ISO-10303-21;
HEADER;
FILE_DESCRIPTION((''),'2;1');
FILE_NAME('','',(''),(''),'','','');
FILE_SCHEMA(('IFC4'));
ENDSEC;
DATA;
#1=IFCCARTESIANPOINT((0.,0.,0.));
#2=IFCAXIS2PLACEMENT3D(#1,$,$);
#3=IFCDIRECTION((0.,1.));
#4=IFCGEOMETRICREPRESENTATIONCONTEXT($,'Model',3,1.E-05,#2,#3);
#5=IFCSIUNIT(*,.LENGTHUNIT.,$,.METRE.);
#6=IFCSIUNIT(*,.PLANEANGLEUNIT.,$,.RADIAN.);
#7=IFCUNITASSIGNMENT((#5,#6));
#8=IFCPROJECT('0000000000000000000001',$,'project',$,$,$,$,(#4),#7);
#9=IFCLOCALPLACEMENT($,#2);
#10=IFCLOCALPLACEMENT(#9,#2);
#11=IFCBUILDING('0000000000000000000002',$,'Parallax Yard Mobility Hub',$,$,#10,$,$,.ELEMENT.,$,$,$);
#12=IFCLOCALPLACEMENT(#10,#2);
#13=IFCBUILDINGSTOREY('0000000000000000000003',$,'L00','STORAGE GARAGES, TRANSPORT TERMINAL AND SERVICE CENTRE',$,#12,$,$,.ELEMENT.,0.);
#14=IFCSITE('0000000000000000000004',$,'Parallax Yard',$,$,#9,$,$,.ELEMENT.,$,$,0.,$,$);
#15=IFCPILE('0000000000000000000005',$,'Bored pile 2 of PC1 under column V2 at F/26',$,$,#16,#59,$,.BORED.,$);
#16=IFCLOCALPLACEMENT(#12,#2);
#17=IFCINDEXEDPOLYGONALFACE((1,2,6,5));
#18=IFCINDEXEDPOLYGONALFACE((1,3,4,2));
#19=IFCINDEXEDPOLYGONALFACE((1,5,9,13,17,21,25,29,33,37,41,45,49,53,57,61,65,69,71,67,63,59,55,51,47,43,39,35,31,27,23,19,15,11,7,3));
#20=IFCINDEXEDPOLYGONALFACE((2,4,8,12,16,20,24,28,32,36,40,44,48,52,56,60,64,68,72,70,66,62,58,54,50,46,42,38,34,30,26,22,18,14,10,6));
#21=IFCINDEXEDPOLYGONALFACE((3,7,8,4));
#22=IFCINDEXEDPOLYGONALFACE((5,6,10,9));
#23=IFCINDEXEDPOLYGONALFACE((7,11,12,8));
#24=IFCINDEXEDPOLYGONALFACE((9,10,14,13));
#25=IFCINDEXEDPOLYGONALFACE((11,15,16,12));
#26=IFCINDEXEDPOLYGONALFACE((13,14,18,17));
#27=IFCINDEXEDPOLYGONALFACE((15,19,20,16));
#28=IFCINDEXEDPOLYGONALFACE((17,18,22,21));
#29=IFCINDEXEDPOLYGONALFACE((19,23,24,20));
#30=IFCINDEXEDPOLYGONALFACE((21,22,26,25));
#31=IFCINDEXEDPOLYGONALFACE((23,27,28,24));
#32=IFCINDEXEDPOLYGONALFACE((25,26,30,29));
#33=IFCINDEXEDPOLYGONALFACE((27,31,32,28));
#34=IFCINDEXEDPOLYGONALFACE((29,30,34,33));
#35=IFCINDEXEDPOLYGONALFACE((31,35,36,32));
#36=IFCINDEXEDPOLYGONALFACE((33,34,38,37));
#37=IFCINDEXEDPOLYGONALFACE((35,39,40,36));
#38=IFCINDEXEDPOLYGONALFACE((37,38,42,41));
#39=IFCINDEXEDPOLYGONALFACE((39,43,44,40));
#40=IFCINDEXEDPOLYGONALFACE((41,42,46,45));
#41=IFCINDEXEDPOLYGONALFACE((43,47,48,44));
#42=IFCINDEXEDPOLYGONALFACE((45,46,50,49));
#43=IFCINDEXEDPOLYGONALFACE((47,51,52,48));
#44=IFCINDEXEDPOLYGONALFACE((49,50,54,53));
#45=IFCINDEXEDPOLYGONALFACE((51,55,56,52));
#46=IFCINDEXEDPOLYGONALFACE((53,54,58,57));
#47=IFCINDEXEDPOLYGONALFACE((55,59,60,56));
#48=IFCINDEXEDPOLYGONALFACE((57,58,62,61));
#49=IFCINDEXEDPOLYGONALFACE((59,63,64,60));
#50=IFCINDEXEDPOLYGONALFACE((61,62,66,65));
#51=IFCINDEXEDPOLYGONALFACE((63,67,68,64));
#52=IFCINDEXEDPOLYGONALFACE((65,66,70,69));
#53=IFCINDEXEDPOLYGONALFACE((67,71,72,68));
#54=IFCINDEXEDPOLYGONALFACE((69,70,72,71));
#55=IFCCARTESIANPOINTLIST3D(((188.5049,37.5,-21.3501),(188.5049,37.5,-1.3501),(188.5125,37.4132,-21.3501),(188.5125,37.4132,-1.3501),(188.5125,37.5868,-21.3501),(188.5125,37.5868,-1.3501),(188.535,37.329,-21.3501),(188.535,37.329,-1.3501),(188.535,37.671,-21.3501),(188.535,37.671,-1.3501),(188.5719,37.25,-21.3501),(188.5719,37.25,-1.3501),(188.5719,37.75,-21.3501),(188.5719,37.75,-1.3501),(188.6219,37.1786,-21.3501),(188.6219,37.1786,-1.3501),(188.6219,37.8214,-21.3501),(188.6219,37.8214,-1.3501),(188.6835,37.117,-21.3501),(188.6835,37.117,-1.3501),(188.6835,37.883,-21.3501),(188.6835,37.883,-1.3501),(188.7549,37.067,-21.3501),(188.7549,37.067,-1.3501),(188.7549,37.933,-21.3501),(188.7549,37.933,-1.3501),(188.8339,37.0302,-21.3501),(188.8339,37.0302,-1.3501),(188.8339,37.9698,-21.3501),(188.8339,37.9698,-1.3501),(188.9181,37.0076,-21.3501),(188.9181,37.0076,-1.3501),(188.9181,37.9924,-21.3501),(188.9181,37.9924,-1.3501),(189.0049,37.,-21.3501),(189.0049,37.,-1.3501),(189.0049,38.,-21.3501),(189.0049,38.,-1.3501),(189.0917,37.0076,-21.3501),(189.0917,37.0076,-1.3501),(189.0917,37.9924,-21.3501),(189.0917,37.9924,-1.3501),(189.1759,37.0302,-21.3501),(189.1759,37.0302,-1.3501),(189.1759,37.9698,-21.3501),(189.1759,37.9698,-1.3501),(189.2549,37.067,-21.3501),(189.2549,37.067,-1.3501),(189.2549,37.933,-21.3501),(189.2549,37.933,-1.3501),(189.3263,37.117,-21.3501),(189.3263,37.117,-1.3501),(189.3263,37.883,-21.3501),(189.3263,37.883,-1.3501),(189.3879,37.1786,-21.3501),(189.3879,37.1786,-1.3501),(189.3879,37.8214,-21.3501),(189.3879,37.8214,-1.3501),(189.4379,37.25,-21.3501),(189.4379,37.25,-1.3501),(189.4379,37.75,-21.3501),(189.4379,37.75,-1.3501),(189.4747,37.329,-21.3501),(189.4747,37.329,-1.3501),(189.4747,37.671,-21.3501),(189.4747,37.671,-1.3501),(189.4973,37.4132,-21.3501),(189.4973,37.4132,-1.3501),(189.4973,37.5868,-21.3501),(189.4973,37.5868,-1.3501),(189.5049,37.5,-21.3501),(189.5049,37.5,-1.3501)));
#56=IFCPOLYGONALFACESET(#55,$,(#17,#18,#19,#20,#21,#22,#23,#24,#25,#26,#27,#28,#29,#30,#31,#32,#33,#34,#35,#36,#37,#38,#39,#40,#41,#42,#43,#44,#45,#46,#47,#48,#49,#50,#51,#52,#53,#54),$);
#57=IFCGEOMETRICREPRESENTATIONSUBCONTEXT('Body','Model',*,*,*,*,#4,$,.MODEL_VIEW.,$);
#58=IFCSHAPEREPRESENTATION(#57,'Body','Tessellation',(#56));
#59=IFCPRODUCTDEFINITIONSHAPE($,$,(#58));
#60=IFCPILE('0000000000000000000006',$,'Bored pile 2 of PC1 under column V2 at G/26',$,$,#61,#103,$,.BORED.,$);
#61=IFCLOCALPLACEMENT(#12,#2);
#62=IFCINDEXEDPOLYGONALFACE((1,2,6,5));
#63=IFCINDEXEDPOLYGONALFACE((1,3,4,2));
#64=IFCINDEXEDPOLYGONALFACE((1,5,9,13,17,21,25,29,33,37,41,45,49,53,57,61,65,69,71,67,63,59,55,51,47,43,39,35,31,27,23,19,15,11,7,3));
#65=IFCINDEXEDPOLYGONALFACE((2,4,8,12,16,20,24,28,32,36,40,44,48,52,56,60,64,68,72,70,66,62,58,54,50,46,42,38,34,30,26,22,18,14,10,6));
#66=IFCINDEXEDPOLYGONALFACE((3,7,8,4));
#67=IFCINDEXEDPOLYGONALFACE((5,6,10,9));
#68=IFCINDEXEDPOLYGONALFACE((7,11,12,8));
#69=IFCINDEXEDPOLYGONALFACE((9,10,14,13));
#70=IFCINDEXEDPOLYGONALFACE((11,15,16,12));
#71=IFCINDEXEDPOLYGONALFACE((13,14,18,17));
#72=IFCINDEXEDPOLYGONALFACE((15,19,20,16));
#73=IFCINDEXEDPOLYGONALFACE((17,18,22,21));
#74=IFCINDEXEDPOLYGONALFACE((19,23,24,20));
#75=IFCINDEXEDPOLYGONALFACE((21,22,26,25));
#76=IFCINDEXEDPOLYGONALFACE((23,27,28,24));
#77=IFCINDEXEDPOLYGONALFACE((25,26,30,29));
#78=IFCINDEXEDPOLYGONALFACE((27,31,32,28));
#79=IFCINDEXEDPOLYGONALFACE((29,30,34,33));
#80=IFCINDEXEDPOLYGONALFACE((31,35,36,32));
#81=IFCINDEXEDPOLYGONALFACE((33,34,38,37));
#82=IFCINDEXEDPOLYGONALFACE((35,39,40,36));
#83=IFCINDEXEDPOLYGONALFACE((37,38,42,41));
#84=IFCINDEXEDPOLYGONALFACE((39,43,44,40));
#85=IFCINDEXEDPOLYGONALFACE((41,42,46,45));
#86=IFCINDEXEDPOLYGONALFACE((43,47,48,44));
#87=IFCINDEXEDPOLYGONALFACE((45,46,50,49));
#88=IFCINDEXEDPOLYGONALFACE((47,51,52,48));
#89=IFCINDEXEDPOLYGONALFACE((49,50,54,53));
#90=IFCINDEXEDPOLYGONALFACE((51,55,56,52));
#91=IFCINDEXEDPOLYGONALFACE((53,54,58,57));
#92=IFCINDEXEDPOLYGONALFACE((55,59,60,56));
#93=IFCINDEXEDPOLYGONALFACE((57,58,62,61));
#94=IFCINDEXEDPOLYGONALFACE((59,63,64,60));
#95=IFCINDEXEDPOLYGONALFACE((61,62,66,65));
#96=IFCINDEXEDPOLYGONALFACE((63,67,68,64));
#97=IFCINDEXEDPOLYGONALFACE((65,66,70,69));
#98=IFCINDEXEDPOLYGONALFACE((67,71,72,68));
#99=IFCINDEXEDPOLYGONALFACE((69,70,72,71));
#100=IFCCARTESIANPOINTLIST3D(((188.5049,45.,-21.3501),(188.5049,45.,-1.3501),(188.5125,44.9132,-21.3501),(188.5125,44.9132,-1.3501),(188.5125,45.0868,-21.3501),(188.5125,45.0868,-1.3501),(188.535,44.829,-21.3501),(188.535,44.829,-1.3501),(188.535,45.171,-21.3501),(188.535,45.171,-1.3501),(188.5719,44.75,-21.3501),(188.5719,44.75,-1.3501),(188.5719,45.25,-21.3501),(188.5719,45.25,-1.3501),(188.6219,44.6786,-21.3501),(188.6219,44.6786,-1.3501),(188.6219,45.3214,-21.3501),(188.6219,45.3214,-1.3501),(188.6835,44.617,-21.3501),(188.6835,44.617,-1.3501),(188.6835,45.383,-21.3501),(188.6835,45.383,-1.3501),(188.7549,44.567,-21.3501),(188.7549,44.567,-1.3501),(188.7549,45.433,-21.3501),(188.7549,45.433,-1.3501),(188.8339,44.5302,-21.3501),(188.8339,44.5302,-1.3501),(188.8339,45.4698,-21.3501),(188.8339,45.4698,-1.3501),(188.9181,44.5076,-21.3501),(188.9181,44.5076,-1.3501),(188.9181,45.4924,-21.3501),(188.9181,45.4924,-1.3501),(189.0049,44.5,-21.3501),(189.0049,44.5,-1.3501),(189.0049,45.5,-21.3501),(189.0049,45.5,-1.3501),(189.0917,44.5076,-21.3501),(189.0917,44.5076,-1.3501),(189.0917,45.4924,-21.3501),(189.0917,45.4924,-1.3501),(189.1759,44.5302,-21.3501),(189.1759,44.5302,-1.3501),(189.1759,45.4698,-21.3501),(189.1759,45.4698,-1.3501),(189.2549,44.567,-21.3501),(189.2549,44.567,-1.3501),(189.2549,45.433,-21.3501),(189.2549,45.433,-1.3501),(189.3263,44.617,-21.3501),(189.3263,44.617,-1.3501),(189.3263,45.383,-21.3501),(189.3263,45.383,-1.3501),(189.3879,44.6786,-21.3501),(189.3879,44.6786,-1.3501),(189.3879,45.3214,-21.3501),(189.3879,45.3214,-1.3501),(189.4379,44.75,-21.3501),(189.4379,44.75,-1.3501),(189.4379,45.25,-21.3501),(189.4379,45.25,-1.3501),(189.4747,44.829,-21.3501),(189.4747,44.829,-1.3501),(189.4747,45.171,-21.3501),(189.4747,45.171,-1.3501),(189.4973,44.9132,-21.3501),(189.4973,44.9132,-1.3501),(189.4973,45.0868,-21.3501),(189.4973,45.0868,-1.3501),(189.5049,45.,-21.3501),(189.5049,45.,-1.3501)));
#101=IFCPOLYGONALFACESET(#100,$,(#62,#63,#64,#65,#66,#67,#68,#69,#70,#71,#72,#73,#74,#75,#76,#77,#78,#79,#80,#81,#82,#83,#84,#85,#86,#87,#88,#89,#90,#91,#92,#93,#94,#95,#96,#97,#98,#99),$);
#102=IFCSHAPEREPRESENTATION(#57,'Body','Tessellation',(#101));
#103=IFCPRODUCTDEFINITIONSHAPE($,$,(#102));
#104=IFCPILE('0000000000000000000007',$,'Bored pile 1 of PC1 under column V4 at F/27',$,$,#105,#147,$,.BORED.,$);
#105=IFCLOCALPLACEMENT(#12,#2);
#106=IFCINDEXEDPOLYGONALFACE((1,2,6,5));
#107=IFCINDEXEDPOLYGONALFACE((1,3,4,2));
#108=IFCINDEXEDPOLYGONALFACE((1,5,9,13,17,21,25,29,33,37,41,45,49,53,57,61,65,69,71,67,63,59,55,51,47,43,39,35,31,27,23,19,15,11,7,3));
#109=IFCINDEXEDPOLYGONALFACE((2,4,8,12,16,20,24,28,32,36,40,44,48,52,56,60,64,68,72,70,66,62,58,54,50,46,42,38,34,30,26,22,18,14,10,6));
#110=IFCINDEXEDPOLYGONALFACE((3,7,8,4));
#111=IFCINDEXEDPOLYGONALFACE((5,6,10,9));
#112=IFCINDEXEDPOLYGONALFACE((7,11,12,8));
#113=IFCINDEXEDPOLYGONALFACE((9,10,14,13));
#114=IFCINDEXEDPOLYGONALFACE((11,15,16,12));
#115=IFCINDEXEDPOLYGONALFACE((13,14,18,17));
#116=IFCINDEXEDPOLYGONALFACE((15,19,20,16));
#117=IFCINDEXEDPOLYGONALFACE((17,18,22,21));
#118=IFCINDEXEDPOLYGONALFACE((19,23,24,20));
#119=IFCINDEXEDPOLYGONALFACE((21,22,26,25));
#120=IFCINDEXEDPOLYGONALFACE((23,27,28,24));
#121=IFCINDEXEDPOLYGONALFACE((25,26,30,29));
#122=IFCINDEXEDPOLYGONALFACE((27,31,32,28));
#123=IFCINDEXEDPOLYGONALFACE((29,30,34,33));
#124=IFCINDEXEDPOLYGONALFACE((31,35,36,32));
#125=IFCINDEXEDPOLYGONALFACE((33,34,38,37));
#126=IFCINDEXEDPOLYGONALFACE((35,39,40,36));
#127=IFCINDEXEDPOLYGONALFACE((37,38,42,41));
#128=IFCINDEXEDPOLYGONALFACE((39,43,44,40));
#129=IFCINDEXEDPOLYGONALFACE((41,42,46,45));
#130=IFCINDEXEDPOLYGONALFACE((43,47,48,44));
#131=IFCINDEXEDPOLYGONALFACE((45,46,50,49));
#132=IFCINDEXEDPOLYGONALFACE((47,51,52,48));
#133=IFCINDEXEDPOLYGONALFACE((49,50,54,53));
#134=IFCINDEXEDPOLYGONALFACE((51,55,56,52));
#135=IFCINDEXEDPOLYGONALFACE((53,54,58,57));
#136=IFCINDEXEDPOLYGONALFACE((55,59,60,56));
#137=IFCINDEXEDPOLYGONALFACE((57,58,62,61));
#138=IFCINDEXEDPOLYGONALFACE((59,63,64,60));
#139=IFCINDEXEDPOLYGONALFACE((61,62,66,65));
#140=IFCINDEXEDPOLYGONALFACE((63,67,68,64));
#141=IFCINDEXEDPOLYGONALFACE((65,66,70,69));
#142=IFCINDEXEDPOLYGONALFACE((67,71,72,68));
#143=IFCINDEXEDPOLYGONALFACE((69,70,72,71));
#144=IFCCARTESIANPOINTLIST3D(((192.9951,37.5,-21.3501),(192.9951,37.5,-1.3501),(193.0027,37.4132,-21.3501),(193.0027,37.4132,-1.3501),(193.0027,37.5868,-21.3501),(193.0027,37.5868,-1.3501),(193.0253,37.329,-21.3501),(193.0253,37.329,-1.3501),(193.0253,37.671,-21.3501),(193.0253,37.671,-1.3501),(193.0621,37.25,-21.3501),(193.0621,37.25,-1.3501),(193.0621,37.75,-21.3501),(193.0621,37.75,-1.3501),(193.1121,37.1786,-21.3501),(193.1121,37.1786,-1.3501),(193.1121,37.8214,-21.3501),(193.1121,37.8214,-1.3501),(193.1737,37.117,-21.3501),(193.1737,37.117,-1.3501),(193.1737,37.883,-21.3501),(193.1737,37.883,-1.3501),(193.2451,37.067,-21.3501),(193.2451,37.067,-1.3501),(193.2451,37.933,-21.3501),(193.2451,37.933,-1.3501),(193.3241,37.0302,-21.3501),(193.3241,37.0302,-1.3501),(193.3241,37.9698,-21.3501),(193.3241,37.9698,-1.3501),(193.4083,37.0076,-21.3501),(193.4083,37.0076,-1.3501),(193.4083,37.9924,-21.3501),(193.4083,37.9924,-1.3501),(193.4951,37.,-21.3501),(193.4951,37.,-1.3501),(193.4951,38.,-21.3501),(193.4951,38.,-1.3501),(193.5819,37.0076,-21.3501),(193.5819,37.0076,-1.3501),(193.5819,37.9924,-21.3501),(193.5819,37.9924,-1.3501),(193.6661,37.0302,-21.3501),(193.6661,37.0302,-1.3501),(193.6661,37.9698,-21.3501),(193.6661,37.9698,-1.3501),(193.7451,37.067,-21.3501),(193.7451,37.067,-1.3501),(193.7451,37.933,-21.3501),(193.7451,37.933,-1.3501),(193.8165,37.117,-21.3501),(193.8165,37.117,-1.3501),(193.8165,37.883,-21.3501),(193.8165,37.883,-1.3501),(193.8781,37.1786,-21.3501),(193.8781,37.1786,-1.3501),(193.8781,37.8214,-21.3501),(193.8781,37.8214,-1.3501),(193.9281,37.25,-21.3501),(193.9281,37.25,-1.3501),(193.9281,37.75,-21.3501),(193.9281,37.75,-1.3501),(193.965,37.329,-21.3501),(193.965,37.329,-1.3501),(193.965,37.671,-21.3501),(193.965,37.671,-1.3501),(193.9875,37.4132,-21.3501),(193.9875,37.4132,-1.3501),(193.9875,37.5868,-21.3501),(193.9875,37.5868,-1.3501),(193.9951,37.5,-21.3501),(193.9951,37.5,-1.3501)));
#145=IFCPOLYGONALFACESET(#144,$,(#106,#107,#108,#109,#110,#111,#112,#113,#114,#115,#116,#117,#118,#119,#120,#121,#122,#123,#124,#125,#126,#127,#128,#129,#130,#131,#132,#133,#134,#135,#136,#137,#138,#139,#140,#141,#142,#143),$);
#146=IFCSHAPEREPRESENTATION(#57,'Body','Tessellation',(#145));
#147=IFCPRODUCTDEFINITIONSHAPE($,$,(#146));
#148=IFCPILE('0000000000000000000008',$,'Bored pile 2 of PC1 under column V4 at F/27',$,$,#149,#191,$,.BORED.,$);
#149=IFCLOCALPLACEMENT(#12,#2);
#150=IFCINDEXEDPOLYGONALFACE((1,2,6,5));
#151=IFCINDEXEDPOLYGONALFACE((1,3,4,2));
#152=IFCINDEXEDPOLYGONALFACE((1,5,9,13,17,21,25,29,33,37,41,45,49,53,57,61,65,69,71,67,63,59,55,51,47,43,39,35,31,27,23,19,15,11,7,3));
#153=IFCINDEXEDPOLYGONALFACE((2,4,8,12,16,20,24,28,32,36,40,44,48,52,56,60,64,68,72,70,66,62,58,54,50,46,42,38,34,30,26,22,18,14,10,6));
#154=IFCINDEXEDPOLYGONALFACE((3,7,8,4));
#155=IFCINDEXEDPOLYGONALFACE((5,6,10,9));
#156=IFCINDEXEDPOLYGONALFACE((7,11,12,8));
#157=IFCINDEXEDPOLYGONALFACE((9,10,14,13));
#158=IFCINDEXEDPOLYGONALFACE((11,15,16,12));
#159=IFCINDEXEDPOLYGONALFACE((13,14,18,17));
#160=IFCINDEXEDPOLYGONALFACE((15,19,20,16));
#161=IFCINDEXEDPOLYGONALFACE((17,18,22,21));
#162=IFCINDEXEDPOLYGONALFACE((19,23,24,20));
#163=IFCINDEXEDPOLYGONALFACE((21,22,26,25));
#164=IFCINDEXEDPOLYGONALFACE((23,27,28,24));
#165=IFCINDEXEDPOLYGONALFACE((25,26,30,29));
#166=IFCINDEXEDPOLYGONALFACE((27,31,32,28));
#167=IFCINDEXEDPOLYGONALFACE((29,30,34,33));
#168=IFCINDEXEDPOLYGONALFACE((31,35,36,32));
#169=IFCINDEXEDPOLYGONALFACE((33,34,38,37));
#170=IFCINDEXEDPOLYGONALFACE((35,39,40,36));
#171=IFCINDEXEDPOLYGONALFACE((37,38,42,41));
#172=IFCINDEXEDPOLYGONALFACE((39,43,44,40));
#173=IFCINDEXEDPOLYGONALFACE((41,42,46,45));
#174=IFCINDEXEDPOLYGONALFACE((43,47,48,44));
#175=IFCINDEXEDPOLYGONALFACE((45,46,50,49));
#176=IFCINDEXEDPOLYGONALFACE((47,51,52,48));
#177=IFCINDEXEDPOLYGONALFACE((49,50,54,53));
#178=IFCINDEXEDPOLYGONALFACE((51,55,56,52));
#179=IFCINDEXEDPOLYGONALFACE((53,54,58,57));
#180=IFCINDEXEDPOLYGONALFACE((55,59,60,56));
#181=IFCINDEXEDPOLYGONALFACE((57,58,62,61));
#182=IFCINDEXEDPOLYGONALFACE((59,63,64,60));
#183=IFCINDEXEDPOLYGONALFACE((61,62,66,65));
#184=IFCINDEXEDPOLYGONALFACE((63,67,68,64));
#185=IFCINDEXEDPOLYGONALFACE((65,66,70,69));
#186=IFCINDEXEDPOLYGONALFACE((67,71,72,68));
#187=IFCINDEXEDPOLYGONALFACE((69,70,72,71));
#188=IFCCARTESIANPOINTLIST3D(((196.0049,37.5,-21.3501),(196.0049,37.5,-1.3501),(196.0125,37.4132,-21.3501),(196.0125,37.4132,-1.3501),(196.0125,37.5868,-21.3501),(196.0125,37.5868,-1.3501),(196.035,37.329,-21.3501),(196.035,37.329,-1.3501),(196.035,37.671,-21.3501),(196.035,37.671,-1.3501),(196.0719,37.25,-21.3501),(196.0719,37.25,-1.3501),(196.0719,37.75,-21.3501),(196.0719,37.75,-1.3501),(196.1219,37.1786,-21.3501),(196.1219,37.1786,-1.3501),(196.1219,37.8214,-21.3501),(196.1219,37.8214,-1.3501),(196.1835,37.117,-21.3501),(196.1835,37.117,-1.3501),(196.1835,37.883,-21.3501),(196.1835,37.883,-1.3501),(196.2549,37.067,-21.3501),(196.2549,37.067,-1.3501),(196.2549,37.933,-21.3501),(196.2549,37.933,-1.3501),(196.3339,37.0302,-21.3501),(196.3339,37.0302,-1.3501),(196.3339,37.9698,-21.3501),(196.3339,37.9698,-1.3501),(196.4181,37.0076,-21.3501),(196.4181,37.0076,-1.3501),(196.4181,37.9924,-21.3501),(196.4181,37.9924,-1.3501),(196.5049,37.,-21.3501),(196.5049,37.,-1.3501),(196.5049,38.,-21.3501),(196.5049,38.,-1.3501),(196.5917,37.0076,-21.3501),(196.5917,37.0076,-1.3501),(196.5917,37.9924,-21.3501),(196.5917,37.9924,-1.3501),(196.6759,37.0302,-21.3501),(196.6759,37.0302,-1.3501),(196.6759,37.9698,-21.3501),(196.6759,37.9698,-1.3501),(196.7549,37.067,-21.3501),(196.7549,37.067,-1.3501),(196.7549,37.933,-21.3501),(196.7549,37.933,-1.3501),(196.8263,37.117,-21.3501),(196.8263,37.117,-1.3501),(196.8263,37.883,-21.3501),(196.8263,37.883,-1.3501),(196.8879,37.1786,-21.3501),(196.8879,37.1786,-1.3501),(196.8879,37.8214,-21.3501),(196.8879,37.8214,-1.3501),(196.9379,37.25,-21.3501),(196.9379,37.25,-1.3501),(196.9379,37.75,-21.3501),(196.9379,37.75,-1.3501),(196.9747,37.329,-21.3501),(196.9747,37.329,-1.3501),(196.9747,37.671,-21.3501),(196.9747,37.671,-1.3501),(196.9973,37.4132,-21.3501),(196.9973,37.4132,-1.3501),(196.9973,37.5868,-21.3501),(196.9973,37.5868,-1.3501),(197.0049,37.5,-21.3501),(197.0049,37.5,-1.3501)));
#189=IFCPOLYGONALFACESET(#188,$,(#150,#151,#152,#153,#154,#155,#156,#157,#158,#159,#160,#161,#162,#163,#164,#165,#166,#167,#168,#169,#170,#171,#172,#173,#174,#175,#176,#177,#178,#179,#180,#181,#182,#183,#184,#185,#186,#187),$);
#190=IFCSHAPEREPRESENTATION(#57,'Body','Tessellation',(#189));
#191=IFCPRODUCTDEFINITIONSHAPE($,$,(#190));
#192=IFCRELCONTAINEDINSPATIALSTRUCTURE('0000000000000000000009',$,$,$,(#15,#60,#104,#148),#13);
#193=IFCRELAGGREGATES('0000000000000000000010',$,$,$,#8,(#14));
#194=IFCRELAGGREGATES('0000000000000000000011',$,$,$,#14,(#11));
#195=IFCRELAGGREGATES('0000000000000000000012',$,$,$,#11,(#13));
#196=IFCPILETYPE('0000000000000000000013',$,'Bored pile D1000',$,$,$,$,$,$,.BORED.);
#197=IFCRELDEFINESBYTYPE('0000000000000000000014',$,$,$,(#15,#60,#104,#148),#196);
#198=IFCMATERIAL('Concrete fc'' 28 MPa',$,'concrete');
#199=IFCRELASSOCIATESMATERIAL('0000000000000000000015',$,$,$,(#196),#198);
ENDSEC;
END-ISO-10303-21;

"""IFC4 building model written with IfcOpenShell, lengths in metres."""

from ifc_helpers import new_model, si_unit, direction, frame, origin, origin_2d, place, context, subcontext, project, spatial, circle, extrude, material, material_profile, profile_set, type_object, element, save


model = new_model("IFC4")

# Units and contexts
model_context = context("Model", 3, precision=1e-05, world=origin(), true_north=direction((0.0, 1.0)))
body_context = subcontext(model_context, "Body", "Model", "MODEL_VIEW")
ifc_project = project(units=[si_unit("LENGTHUNIT", "METRE"), si_unit("PLANEANGLEUNIT", "RADIAN")], contexts=[model_context])

# Site, building, storey
site_placement = place(None, origin())
site = spatial("IfcSite", under=ifc_project, at=site_placement, Name="Parallax Yard", CompositionType="ELEMENT", RefElevation=0.0)
building_placement = place(site_placement, origin())
building = spatial("IfcBuilding", under=site, at=building_placement, Name="Parallax Yard Mobility Hub", CompositionType="ELEMENT")
storey_placement = place(building_placement, origin())
storey = spatial("IfcBuildingStorey", under=building, at=storey_placement, Name="L00", Description="STORAGE GARAGES, TRANSPORT TERMINAL AND SERVICE CENTRE", CompositionType="ELEMENT", Elevation=0.0)

# Piles
ifc_material_1 = material(Name="Concrete fc' 28 MPa", Category="concrete")
ifc_material_profile_1 = material_profile(ifc_material_1, circle(Radius=0.5, at=origin_2d()), Name="Bored pile D1000")
ifc_profile_set_1 = profile_set([ifc_material_profile_1], Name="Concrete fc' 28 MPa")
pile_type = type_object("IfcPileType", Name="Bored pile D1000", PredefinedType="BORED", material=ifc_profile_set_1)
for number, where, z_axis, x_axis, name in (
    (1, (189.0049, 37.5, -1.3501), (0.0, 0.0, -1.0), (1.0, 0.0, 0.0), "Bored pile 2 of PC1 under column V2 at F/26"),
    (2, (189.0049, 45.0, -1.3501), (0.0, 0.0, -1.0), (1.0, 0.0, 0.0), "Bored pile 2 of PC1 under column V2 at G/26"),
    (3, (193.4951, 37.5, -1.3501), (0.0, 0.0, -1.0), (1.0, 0.0, 0.0), "Bored pile 1 of PC1 under column V4 at F/27"),
    (4, (196.5049, 37.5, -1.3501), (0.0, 0.0, -1.0), (1.0, 0.0, 0.0), "Bored pile 2 of PC1 under column V4 at F/27"),
):
    element("IfcPile", number, at=place(storey_placement, frame(where, z_axis=z_axis, x_axis=x_axis)), inside=storey, type_object=pile_type, Name=name, PredefinedType="BORED", context=body_context, shape_type="SweptSolid", body=[
        extrude(circle(Radius=0.5, at=origin_2d()), origin(), (0.0, 0.0, 1.0), 20.0),
    ])

save(model, "model.ifc")
